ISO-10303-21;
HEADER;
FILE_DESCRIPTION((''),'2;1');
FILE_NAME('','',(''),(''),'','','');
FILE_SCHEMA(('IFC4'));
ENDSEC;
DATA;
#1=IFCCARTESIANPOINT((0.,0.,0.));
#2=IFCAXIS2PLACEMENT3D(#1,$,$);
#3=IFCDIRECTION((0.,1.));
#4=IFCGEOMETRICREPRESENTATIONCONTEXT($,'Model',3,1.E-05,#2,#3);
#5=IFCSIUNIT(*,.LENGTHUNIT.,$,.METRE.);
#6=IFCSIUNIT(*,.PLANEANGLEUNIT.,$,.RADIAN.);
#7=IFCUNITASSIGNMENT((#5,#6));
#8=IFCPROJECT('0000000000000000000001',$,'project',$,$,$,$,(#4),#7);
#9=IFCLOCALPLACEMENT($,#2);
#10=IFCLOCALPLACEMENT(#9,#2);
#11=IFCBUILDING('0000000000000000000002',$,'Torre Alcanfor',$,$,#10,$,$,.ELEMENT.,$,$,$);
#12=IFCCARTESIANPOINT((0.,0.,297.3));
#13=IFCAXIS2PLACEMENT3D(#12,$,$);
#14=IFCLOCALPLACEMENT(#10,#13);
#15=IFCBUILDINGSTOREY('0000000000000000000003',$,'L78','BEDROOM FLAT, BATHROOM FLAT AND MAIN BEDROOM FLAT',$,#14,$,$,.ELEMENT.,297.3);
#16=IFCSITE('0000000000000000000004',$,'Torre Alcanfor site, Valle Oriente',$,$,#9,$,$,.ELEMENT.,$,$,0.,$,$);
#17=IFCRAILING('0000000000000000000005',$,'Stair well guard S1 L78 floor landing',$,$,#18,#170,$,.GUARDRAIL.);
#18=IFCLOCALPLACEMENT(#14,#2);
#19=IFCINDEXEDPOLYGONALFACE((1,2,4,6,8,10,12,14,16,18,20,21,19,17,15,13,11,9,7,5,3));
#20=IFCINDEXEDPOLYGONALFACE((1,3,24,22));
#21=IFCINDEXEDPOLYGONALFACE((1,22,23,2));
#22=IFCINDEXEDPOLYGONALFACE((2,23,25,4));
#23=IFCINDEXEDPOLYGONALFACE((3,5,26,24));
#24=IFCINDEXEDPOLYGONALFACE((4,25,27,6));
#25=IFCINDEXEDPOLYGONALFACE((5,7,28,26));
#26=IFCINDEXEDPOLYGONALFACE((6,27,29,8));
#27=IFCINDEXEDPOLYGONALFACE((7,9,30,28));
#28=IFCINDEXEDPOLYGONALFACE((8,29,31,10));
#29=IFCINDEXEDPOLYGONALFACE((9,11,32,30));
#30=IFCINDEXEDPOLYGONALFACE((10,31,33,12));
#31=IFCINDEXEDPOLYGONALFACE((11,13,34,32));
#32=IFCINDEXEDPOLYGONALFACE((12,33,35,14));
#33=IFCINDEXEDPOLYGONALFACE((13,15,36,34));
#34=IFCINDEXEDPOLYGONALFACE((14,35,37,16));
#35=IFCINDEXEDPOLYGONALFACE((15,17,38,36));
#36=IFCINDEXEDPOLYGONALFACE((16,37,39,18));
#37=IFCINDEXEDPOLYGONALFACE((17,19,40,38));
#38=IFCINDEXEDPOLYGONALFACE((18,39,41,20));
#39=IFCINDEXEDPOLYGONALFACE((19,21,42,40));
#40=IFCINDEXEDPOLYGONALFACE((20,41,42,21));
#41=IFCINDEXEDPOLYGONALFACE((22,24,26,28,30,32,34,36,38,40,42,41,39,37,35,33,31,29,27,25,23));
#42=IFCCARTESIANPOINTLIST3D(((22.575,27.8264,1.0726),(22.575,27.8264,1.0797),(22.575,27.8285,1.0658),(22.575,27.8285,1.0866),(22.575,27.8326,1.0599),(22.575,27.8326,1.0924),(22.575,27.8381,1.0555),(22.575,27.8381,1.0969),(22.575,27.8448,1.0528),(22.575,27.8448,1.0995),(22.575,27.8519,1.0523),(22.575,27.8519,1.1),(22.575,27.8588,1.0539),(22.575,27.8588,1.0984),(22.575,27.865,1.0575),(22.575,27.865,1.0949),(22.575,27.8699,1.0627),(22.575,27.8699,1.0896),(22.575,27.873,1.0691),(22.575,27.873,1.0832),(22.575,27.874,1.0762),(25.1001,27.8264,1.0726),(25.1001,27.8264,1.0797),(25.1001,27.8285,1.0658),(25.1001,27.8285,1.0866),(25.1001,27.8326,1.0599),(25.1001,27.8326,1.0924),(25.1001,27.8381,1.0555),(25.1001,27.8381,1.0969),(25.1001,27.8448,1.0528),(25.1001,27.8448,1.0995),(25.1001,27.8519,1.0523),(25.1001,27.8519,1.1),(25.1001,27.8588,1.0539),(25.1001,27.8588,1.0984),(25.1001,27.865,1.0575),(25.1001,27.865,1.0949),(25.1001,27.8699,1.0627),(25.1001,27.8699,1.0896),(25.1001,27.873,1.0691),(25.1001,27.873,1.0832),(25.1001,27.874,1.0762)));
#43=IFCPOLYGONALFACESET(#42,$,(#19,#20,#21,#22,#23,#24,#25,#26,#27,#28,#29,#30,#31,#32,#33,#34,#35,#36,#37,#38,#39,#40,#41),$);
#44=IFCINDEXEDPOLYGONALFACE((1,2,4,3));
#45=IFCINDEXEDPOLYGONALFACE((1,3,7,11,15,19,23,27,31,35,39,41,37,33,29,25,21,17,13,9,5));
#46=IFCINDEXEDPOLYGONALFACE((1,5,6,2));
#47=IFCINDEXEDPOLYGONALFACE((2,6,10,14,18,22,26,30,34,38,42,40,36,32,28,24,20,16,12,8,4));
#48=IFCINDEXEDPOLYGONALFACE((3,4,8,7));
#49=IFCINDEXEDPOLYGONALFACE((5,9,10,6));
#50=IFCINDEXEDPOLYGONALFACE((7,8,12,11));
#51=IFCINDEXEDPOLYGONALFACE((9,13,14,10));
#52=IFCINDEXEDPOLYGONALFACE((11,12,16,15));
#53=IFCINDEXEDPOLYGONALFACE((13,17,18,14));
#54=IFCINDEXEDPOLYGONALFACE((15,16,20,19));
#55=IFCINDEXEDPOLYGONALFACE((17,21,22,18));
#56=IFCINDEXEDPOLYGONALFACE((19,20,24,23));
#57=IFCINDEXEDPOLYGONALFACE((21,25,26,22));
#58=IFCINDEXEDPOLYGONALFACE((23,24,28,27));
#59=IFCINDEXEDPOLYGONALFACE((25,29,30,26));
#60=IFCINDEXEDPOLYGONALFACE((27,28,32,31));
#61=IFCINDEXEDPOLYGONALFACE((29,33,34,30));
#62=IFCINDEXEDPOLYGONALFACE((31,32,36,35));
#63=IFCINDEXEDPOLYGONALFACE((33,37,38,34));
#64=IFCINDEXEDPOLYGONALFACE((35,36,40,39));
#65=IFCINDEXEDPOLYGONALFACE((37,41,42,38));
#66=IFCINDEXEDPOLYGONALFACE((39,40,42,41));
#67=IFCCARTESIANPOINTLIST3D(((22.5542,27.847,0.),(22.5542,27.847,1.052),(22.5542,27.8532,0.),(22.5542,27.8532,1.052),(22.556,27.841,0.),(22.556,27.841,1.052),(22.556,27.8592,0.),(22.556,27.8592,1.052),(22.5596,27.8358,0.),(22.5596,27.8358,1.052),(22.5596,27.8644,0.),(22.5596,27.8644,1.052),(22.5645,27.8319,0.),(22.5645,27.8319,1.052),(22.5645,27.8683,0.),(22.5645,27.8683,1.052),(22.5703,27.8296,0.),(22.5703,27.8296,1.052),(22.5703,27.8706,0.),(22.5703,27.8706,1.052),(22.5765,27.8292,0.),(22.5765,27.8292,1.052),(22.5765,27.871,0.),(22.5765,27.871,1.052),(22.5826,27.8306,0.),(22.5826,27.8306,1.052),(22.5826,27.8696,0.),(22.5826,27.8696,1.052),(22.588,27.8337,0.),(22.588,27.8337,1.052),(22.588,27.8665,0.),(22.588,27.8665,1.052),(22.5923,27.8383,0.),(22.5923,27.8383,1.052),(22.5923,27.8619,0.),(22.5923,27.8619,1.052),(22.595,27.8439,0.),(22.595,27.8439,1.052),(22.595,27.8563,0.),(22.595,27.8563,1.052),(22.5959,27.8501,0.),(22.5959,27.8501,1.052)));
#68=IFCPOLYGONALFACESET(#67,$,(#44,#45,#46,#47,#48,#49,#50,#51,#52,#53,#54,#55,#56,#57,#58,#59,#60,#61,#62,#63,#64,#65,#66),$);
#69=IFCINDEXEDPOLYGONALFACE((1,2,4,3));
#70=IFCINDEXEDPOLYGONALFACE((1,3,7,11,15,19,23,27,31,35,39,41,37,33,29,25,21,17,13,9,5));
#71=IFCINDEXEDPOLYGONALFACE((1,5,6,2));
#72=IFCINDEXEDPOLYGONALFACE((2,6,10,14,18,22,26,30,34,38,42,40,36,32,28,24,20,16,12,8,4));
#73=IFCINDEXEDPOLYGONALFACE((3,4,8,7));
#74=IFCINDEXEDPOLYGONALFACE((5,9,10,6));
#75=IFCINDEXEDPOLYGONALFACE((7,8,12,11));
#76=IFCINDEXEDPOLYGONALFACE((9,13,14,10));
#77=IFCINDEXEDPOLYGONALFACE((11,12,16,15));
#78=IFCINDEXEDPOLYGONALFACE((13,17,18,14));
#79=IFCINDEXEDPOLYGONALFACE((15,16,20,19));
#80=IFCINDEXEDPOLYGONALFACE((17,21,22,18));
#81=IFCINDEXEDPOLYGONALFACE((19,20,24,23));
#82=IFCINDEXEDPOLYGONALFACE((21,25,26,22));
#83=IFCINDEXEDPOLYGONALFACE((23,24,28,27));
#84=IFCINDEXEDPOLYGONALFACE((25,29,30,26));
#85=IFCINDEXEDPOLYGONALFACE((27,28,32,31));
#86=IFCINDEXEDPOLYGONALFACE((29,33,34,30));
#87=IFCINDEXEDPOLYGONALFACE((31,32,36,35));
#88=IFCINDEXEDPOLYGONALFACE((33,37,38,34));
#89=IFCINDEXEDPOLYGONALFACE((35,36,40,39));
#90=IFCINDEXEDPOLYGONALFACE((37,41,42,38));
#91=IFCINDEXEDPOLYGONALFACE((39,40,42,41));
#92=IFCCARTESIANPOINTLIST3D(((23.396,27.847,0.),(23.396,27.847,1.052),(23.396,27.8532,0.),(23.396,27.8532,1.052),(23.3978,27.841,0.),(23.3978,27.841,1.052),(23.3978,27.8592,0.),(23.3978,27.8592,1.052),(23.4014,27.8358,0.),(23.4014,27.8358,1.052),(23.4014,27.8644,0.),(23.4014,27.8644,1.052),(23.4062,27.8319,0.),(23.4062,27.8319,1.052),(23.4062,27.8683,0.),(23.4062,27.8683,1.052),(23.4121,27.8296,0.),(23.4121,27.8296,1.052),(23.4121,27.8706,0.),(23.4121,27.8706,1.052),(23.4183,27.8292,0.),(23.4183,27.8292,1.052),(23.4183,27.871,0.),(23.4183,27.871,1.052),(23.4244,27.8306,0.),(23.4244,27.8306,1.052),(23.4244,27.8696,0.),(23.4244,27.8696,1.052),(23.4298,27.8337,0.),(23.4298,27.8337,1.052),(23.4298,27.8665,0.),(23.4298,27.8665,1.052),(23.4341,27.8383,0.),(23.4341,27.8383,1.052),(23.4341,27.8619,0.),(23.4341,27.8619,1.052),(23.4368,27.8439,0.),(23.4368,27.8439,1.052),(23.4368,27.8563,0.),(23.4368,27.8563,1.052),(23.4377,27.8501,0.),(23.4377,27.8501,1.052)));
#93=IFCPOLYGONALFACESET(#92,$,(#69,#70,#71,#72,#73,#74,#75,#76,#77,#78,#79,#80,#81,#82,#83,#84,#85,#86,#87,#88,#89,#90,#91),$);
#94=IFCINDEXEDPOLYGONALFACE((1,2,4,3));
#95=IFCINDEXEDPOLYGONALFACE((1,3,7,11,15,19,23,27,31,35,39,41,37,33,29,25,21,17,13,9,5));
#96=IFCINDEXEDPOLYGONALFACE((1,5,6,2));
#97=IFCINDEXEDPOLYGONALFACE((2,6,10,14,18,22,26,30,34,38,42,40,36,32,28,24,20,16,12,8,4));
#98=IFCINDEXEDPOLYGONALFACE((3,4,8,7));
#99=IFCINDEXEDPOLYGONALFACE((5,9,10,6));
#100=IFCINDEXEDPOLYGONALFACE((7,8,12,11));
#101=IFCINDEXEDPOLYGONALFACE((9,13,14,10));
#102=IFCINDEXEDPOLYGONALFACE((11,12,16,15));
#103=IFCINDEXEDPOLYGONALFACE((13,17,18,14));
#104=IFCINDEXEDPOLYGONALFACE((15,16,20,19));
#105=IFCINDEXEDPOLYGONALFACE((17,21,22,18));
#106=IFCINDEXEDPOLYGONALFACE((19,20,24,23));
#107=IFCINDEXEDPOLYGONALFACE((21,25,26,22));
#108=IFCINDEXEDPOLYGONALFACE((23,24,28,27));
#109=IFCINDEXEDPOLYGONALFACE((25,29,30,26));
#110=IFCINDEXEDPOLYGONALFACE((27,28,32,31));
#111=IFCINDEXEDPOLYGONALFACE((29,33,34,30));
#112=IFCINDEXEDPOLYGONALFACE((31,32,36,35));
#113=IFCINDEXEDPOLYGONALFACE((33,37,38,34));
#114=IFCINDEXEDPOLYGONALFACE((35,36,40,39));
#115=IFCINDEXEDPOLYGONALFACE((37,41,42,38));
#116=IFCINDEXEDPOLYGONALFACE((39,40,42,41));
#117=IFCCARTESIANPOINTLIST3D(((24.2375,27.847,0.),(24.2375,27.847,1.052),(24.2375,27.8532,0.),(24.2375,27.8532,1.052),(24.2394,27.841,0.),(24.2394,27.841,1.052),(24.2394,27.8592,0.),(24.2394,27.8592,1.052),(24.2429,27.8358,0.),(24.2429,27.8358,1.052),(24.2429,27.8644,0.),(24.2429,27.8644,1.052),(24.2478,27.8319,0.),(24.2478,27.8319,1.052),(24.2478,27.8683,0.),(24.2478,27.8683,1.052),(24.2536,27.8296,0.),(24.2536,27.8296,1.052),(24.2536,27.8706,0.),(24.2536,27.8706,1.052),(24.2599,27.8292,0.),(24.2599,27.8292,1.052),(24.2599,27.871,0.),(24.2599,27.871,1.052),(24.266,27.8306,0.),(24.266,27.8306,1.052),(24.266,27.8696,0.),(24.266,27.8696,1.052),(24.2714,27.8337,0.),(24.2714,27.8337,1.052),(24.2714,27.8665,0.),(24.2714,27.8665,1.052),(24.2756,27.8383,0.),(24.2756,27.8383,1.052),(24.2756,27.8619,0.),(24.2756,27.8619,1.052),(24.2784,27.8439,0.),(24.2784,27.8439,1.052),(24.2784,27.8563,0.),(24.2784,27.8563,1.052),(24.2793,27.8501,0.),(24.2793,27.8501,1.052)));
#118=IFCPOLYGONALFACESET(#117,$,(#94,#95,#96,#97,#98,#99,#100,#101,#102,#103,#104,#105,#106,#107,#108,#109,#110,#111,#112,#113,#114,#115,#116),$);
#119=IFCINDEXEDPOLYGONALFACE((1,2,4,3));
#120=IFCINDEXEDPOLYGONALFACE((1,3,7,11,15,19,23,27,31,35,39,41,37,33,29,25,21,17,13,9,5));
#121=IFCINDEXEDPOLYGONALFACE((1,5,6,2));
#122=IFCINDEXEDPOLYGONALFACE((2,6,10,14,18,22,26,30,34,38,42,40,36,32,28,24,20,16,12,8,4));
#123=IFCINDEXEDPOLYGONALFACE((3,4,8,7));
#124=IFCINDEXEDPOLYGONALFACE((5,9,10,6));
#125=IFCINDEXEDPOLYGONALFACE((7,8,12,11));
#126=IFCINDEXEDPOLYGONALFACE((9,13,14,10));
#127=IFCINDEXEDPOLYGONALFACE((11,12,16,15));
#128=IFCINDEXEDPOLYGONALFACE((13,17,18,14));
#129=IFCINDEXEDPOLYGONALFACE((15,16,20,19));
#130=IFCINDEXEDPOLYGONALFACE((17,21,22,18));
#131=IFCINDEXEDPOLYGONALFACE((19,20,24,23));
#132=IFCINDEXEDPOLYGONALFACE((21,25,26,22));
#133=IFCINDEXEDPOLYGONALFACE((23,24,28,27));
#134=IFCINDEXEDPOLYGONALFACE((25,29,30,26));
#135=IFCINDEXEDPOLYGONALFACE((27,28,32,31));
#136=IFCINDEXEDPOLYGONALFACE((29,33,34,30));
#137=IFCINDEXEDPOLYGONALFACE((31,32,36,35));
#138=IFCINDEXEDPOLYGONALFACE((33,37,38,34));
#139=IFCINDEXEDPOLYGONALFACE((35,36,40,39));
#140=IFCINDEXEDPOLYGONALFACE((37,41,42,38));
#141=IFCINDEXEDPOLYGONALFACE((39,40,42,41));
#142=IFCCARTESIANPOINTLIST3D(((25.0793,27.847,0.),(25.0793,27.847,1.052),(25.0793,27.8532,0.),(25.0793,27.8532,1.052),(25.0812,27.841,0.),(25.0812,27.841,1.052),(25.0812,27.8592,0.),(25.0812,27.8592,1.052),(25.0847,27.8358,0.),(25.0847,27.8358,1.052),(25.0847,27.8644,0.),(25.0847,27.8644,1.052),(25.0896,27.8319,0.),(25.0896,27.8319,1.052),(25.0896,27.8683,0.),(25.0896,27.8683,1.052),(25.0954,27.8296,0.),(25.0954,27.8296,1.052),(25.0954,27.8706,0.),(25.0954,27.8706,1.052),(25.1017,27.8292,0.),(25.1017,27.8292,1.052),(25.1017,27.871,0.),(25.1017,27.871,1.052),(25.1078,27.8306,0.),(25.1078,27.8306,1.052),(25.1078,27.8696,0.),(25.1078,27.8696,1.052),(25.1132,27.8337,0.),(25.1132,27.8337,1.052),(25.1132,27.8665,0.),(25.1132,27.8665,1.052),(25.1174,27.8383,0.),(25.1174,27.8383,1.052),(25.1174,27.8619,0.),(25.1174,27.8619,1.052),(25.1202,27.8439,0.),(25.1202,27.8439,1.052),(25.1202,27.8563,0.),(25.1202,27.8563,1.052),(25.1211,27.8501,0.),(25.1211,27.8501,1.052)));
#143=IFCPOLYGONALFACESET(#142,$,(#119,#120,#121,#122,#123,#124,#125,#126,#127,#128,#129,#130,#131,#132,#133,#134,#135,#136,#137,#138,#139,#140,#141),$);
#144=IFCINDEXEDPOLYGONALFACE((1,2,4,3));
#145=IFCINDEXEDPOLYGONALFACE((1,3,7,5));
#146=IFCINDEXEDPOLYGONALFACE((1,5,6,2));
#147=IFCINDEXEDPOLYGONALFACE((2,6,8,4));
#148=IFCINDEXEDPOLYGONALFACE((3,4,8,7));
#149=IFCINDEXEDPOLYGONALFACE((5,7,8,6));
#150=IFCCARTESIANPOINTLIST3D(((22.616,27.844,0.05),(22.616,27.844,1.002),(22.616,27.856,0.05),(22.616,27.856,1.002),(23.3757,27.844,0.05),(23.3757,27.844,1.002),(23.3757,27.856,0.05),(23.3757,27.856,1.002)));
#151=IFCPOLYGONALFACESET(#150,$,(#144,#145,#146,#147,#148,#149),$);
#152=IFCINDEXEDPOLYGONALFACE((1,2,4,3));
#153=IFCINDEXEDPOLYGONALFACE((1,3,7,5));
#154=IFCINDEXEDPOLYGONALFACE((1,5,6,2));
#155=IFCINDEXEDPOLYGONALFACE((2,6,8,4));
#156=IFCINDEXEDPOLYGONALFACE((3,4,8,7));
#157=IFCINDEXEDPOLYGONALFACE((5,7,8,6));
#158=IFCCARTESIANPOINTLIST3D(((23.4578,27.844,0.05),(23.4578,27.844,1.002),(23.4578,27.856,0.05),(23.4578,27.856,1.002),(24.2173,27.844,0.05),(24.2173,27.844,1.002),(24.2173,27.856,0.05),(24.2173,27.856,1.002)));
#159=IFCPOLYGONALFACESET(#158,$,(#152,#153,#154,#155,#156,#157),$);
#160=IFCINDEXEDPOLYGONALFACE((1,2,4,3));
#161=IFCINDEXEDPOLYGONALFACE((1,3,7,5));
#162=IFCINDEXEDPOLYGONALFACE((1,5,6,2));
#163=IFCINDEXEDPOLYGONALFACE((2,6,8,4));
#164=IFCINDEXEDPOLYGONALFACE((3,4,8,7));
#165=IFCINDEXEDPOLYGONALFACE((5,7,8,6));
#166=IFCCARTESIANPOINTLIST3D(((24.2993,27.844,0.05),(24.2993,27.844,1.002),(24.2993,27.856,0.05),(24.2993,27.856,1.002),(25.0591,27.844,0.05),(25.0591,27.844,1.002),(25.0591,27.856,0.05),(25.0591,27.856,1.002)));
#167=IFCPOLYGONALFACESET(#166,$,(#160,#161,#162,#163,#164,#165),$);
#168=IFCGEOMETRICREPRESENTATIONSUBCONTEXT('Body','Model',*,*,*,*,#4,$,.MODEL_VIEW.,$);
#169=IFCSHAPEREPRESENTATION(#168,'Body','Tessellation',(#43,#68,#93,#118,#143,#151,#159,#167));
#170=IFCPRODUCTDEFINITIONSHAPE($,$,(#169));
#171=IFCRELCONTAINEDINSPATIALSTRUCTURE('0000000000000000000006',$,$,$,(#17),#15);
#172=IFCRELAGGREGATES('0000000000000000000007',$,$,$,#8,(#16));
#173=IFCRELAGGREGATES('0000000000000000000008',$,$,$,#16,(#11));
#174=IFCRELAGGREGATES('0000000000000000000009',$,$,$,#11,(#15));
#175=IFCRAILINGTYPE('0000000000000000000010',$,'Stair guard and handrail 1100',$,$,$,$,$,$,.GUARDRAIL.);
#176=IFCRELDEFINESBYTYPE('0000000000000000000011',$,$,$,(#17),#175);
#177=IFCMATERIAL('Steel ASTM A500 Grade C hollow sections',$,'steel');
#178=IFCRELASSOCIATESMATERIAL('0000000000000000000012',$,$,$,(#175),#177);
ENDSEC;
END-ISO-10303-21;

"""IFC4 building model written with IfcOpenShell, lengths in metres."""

from ifc_helpers import new_model, si_unit, direction, frame, origin, origin_2d, place, context, subcontext, project, spatial, polyline, circle, outline, extrude, material, type_object, element, save


model = new_model("IFC4")

# Units and contexts
model_context = context("Model", 3, precision=1e-05, world=origin(), true_north=direction((0.0, 1.0)))
body_context = subcontext(model_context, "Body", "Model", "MODEL_VIEW")
ifc_project = project(units=[si_unit("LENGTHUNIT", "METRE"), si_unit("PLANEANGLEUNIT", "RADIAN")], contexts=[model_context])

# Site, building, storey
site_placement = place(None, origin())
site = spatial("IfcSite", under=ifc_project, at=site_placement, Name="Torre Alcanfor site, Valle Oriente", CompositionType="ELEMENT", RefElevation=0.0)
building_placement = place(site_placement, origin())
building = spatial("IfcBuilding", under=site, at=building_placement, Name="Torre Alcanfor", CompositionType="ELEMENT")
storey_placement = place(building_placement, frame((0.0, 0.0, 297.3)))
storey = spatial("IfcBuildingStorey", under=building, at=storey_placement, Name="L78", Description="BEDROOM FLAT, BATHROOM FLAT AND MAIN BEDROOM FLAT", CompositionType="ELEMENT", Elevation=297.3)

# Railing
ifc_material_1 = material(Name="Steel ASTM A500 Grade C hollow sections", Category="steel")
railing_type_1 = type_object("IfcRailingType", Name="Stair guard and handrail 1100", PredefinedType="GUARDRAIL", material=ifc_material_1)
railing_1_placement = place(storey_placement, frame((22.575, 27.8501, 0.0)))
element("IfcRailing", 1, at=railing_1_placement, inside=storey, type_object=railing_type_1, Name="Stair well guard S1 L78 floor landing", PredefinedType="GUARDRAIL", context=body_context, shape_type="SweptSolid", body=[
    extrude(circle(Radius=0.0239, at=origin_2d()), frame((0.0, 0.0, 1.0762), z_axis=(1.0, 0.0, 0.0), x_axis=(0.0, 1.0, 0.0)), (0.0, 0.0, 1.0), 2.5251),
    extrude(circle(Radius=0.021, at=origin_2d()), origin(), (0.0, 0.0, 1.0), 1.052),
    extrude(circle(Radius=0.021, at=origin_2d()), frame((0.8418, 0.0, 0.0)), (0.0, 0.0, 1.0), 1.052),
    extrude(circle(Radius=0.021, at=origin_2d()), frame((1.6833, 0.0, 0.0)), (0.0, 0.0, 1.0), 1.052),
    extrude(circle(Radius=0.021, at=origin_2d()), frame((2.5251, 0.0, 0.0)), (0.0, 0.0, 1.0), 1.052),
    extrude(outline(polyline([(0.041, 0.05), (0.8008, 0.05), (0.8008, 1.002), (0.041, 1.002), (0.041, 0.05)])), frame((0.0, 0.0059, 0.0), z_axis=(0.0, -1.0, 0.0), x_axis=(1.0, 0.0, 0.0)), (0.0, 0.0, 1.0), 0.012),
    extrude(outline(polyline([(0.8828, 0.05), (1.6423, 0.05), (1.6423, 1.002), (0.8828, 1.002), (0.8828, 0.05)])), frame((0.0, 0.0059, 0.0), z_axis=(0.0, -1.0, 0.0), x_axis=(1.0, 0.0, 0.0)), (0.0, 0.0, 1.0), 0.012),
    extrude(outline(polyline([(1.7244, 0.05), (2.4841, 0.05), (2.4841, 1.002), (1.7244, 1.002), (1.7244, 0.05)])), frame((0.0, 0.0059, 0.0), z_axis=(0.0, -1.0, 0.0), x_axis=(1.0, 0.0, 0.0)), (0.0, 0.0, 1.0), 0.012),
])

save(model, "model.ifc")
